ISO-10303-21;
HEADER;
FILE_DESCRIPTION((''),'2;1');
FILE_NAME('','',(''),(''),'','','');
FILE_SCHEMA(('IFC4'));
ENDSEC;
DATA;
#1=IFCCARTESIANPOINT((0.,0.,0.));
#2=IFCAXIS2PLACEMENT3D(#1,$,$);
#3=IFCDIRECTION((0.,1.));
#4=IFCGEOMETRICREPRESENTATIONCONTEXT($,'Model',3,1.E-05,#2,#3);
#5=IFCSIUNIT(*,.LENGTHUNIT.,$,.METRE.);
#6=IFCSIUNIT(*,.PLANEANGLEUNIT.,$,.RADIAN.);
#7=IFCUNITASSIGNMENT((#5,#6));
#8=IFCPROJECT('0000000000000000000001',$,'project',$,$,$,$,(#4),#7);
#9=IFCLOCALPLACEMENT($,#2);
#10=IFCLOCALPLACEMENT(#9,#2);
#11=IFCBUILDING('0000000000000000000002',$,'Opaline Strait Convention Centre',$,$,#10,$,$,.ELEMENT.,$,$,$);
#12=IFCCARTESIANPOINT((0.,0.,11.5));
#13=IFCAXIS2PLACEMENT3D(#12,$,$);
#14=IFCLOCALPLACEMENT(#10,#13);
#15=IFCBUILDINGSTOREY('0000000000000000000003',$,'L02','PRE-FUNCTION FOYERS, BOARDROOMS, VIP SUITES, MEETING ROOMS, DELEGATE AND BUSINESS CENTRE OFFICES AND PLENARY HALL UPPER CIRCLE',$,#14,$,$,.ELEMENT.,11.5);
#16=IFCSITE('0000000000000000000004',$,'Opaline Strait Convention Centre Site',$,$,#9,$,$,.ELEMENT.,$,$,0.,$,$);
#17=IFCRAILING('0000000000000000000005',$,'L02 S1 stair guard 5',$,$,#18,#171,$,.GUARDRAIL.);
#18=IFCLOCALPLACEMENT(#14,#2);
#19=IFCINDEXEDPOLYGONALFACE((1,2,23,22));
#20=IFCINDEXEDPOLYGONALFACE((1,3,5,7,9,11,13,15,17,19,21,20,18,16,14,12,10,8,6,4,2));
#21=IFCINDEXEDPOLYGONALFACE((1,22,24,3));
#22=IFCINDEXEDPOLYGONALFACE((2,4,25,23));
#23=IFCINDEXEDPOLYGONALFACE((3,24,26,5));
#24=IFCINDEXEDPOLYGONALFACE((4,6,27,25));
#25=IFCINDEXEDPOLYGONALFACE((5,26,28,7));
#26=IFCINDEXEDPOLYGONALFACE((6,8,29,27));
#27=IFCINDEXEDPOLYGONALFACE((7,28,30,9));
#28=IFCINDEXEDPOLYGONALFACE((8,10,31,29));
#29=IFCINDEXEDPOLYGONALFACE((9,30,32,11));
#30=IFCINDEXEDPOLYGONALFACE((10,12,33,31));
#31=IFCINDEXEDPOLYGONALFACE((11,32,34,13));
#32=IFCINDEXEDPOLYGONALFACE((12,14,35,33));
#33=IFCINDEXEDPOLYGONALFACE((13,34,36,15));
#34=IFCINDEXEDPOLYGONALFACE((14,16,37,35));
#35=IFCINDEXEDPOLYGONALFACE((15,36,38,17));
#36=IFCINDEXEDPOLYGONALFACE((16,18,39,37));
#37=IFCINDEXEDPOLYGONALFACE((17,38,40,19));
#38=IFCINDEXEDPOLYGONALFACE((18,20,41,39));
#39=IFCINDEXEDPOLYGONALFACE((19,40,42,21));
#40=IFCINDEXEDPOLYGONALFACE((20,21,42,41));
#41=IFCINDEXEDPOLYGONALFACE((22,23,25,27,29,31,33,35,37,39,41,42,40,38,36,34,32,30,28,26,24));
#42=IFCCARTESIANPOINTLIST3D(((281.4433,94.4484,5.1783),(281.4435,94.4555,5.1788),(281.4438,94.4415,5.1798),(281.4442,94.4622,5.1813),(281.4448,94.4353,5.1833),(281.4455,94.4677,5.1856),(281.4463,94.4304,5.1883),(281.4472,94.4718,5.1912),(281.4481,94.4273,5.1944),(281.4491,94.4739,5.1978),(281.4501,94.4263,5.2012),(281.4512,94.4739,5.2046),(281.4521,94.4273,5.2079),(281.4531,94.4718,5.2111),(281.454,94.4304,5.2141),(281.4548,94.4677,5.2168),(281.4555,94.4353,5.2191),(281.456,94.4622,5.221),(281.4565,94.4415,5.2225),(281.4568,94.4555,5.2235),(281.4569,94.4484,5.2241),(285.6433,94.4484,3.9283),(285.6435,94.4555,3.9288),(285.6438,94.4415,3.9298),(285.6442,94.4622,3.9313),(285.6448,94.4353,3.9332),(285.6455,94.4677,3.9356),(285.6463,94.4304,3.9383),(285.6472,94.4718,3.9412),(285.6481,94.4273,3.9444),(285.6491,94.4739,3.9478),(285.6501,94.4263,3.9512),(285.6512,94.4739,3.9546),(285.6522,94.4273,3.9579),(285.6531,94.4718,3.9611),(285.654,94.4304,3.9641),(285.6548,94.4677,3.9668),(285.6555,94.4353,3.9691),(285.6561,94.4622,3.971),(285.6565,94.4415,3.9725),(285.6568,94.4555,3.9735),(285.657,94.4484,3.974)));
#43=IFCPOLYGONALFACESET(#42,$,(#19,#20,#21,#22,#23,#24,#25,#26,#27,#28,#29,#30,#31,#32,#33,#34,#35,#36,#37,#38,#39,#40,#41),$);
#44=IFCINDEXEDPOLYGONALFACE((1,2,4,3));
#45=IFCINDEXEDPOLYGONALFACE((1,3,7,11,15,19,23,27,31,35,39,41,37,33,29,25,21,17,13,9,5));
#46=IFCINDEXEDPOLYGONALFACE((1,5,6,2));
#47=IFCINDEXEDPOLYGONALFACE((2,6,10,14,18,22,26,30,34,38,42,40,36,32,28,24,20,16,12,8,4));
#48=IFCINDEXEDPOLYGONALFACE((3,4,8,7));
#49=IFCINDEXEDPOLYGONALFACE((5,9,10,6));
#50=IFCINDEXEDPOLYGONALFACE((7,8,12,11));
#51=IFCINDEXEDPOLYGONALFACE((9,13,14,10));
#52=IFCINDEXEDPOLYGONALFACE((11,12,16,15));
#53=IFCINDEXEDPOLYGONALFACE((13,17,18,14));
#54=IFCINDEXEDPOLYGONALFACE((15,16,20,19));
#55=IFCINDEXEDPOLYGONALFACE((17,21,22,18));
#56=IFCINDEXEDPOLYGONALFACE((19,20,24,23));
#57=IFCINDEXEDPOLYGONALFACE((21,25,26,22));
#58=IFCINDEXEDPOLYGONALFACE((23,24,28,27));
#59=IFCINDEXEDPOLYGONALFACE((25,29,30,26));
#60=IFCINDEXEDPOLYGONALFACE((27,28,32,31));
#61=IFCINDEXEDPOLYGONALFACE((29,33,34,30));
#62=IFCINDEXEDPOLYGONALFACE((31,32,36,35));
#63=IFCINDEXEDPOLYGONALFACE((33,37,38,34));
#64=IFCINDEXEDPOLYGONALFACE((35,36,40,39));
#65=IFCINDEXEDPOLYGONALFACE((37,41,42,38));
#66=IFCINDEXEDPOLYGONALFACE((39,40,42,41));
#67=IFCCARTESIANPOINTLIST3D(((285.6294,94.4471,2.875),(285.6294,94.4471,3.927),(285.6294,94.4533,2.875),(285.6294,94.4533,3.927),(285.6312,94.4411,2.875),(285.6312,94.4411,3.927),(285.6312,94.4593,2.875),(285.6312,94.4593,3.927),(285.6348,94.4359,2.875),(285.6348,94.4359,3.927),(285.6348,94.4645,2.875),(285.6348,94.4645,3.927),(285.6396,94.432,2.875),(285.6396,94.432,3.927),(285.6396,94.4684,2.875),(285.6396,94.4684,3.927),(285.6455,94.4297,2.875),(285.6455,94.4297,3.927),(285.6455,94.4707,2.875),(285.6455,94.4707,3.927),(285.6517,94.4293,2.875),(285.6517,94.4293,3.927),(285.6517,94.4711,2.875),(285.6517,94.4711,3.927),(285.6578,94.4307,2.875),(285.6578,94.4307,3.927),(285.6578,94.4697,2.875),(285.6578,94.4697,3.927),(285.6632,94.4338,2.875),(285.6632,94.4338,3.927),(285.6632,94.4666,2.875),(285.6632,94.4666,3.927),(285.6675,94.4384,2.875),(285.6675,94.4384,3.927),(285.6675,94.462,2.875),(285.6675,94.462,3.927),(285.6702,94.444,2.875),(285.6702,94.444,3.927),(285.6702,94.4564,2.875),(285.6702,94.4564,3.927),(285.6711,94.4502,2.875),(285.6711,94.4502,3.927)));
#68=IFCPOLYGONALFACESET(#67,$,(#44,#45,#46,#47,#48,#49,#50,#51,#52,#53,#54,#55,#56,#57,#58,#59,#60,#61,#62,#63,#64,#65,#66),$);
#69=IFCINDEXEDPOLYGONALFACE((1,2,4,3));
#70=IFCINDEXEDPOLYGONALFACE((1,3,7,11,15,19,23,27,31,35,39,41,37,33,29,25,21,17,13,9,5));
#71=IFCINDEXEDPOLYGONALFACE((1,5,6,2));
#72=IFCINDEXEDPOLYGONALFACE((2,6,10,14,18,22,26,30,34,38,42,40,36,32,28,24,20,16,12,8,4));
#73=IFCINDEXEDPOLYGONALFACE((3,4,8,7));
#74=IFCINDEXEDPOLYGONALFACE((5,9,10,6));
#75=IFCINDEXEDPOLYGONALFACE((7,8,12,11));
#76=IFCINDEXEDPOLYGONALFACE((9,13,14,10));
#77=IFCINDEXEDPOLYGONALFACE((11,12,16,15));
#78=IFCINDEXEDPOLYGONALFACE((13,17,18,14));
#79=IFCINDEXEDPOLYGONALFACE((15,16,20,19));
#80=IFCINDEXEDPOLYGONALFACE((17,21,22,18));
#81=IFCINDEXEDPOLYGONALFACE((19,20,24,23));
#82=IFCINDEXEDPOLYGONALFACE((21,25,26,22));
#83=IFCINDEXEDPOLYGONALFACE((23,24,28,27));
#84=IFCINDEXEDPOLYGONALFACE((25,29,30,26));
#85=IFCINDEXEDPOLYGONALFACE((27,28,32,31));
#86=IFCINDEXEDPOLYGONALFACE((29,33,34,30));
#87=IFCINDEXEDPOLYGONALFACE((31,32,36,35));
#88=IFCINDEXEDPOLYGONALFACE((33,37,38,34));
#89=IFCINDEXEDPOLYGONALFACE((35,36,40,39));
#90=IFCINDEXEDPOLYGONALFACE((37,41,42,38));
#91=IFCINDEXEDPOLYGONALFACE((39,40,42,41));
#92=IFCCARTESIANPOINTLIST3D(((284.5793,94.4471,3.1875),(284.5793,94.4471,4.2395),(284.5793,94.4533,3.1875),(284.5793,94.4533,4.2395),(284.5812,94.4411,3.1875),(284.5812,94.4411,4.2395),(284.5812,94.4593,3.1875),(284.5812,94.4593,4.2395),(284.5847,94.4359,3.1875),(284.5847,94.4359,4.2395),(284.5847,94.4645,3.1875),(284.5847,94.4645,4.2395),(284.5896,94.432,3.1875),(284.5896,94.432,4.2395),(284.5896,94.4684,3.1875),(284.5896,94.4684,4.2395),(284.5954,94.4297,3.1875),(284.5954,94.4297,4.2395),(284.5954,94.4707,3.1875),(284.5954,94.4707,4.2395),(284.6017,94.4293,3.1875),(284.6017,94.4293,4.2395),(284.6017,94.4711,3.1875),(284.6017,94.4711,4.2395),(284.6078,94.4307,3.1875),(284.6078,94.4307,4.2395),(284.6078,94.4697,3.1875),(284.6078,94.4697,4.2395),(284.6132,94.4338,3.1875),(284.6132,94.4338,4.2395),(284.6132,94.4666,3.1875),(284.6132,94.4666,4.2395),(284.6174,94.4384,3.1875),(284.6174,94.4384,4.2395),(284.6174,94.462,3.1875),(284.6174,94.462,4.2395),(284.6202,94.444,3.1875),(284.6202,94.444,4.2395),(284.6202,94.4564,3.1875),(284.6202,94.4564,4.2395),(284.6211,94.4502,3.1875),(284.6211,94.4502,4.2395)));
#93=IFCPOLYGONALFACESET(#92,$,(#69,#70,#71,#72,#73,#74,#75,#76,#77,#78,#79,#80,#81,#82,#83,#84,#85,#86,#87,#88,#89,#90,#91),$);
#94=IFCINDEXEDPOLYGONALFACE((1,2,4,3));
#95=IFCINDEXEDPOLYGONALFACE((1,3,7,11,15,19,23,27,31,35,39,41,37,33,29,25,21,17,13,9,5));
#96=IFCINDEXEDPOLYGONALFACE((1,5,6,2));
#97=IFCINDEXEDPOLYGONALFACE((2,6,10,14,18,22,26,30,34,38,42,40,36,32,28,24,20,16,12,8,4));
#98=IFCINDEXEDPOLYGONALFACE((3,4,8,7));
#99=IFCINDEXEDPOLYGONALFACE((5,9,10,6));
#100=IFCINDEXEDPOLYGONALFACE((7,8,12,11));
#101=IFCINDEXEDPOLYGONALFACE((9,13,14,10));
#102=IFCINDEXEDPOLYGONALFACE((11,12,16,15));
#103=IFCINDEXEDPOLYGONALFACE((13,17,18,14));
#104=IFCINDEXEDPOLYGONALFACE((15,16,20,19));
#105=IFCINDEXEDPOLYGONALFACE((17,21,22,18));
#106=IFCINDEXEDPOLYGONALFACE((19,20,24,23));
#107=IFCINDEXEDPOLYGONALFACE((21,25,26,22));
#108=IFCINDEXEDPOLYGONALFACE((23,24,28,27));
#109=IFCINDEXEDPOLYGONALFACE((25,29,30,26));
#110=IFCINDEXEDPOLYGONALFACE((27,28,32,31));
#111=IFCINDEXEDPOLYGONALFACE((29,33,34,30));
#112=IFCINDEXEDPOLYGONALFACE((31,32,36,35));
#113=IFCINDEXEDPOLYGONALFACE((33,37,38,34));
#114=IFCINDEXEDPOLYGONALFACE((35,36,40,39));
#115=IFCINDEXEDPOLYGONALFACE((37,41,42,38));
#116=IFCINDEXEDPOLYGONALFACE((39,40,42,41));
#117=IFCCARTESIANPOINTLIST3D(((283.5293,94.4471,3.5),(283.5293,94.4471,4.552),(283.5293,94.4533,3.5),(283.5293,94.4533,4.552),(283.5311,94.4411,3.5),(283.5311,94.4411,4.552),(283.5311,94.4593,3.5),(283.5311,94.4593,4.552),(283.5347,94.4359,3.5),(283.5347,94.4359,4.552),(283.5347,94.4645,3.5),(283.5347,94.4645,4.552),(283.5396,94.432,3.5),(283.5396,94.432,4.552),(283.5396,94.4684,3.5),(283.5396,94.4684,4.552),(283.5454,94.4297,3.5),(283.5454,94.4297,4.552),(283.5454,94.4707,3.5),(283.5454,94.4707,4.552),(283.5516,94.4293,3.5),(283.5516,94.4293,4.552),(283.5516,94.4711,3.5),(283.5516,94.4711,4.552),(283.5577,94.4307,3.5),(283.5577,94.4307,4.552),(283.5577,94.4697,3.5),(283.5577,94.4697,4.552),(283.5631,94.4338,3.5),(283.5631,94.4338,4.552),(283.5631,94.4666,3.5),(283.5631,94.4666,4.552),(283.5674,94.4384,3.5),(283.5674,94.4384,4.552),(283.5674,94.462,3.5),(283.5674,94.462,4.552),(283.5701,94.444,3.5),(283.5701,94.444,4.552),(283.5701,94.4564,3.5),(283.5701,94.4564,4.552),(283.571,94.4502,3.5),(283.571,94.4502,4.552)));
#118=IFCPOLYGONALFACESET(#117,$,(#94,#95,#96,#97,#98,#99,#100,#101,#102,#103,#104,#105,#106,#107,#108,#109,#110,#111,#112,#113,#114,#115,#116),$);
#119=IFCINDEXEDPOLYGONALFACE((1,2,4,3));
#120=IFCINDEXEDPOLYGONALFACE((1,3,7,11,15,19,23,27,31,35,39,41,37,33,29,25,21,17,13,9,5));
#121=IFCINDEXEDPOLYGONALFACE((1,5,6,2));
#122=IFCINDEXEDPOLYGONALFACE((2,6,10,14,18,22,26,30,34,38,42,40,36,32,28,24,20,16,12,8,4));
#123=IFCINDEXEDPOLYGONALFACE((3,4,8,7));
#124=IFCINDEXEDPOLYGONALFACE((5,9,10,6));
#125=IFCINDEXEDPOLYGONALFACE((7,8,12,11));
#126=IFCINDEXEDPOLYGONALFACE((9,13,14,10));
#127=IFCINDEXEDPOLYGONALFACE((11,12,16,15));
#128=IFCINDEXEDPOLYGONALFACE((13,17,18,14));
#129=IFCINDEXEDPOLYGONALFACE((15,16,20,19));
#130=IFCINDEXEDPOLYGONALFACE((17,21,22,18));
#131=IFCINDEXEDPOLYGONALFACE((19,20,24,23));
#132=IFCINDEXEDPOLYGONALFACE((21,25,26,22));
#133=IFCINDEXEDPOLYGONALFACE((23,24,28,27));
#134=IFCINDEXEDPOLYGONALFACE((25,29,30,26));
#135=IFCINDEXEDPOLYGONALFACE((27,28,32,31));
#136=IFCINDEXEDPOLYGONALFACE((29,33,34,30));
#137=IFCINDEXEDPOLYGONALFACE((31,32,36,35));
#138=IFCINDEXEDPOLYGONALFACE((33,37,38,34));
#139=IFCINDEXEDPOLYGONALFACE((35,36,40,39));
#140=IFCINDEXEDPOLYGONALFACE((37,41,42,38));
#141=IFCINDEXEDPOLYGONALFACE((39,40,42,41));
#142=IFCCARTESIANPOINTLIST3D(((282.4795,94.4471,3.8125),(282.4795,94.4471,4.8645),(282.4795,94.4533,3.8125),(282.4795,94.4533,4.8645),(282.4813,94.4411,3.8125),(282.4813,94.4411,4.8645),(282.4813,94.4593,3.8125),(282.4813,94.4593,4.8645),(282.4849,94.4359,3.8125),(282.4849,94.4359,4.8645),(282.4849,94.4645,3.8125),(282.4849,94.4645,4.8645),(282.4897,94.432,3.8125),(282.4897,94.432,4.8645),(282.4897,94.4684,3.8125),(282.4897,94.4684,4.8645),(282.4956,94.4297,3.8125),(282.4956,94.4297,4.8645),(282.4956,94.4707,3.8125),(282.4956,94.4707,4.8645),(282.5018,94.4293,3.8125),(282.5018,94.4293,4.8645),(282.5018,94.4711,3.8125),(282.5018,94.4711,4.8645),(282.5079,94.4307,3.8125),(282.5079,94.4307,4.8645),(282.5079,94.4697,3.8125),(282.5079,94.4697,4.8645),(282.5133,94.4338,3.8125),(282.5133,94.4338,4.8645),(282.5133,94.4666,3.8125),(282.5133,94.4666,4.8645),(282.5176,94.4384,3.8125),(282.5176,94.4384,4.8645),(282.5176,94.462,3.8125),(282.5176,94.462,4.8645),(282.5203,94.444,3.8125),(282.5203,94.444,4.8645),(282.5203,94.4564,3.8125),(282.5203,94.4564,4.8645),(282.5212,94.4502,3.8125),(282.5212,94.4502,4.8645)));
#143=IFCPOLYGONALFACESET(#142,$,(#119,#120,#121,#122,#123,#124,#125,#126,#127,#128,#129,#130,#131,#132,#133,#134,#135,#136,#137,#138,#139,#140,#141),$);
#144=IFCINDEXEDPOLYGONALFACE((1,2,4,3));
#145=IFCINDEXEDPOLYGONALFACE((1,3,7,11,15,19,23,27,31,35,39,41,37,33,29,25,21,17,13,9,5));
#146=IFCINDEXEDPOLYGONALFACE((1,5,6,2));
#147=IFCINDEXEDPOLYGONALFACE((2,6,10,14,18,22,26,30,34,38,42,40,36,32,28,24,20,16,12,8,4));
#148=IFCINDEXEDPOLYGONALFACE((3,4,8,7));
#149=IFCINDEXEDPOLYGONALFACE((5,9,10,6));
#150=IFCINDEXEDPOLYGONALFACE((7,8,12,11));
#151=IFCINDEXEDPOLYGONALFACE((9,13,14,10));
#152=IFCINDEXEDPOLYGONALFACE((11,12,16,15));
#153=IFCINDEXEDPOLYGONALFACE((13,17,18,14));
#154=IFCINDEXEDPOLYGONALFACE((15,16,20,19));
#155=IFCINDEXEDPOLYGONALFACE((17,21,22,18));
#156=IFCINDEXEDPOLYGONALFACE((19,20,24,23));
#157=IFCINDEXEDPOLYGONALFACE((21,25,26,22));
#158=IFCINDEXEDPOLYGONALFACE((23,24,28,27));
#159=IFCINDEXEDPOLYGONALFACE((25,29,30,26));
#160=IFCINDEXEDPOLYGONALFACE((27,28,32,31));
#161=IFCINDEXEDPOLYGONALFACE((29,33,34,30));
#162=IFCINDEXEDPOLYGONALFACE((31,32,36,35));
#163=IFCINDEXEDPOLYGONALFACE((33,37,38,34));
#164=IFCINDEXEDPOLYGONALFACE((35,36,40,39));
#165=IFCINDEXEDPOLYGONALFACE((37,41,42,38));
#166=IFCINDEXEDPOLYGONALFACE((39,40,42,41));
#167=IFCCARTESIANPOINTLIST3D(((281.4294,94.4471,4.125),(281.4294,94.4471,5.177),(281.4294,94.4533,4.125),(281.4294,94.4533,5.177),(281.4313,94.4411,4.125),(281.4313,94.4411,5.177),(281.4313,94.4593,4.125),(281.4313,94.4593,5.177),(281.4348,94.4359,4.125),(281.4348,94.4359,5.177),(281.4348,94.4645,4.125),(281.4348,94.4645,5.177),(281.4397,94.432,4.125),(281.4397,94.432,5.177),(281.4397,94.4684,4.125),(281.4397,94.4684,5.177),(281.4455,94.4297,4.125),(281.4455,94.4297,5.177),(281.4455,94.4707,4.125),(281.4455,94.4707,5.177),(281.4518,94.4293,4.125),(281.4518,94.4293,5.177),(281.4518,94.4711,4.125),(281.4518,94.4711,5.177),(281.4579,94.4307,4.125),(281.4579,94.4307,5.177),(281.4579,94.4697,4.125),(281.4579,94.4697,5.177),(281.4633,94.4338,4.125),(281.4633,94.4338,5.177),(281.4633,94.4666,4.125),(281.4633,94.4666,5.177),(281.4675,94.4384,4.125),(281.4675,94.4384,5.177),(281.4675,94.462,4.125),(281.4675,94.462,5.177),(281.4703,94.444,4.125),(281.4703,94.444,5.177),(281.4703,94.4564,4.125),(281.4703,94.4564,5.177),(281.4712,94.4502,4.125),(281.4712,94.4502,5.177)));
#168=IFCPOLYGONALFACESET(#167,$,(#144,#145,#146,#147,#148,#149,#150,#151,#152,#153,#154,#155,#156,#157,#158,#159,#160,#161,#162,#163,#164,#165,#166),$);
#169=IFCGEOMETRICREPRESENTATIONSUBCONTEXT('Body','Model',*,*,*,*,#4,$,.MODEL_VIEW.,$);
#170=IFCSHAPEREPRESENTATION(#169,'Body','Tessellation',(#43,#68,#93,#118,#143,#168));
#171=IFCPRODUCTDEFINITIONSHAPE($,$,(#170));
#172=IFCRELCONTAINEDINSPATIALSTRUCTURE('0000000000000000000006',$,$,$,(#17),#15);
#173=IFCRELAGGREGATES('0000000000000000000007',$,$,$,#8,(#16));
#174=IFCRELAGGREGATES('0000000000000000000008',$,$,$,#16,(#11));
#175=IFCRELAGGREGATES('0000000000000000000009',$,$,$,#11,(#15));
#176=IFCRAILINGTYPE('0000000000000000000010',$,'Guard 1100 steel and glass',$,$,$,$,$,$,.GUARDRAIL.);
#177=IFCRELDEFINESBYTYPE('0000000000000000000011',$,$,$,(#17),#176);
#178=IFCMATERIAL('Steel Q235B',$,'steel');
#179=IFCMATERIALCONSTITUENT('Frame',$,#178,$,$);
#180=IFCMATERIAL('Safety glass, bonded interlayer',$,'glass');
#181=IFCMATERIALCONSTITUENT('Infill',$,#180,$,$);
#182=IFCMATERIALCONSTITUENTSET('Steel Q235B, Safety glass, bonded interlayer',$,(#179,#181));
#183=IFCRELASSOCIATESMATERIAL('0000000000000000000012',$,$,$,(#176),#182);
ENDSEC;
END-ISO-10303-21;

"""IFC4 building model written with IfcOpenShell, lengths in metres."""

from ifc_helpers import new_model, si_unit, direction, frame, origin, origin_2d, place, context, subcontext, project, spatial, circle, extrude, material, constituent, constituent_set, type_object, element, save


model = new_model("IFC4")

# Units and contexts
model_context = context("Model", 3, precision=1e-05, world=origin(), true_north=direction((0.0, 1.0)))
body_context = subcontext(model_context, "Body", "Model", "MODEL_VIEW")
ifc_project = project(units=[si_unit("LENGTHUNIT", "METRE"), si_unit("PLANEANGLEUNIT", "RADIAN")], contexts=[model_context])

# Site, building, storey
site_placement = place(None, origin())
site = spatial("IfcSite", under=ifc_project, at=site_placement, Name="Opaline Strait Convention Centre Site", CompositionType="ELEMENT", RefElevation=0.0)
building_placement = place(site_placement, origin())
building = spatial("IfcBuilding", under=site, at=building_placement, Name="Opaline Strait Convention Centre", CompositionType="ELEMENT")
storey_placement = place(building_placement, frame((0.0, 0.0, 11.5)))
storey = spatial("IfcBuildingStorey", under=building, at=storey_placement, Name="L02", Description="PRE-FUNCTION FOYERS, BOARDROOMS, VIP SUITES, MEETING ROOMS, DELEGATE AND BUSINESS CENTRE OFFICES AND PLENARY HALL UPPER CIRCLE", CompositionType="ELEMENT", Elevation=11.5)

# Railing
ifc_material_1 = material(Name="Steel Q235B", Category="steel")
ifc_constituent_1 = constituent(ifc_material_1, Name="Frame")
ifc_material_2 = material(Name="Safety glass, bonded interlayer", Category="glass")
ifc_constituent_2 = constituent(ifc_material_2, Name="Infill")
ifc_constituent_set = constituent_set(constituents=[ifc_constituent_1, ifc_constituent_2], Name="Steel Q235B, Safety glass, bonded interlayer")
railing_type = type_object("IfcRailingType", Name="Guard 1100 steel and glass", PredefinedType="GUARDRAIL", material=ifc_constituent_set)
railing_1_placement = place(storey_placement, frame((285.6501, 94.4502, 2.875)))
element("IfcRailing", 1, at=railing_1_placement, inside=storey, type_object=railing_type, Name="L02 S1 stair guard 5", PredefinedType="GUARDRAIL", context=body_context, shape_type="SweptSolid", body=[
    extrude(circle(Radius=0.0239, at=origin_2d()), frame((0.0, 0.0, 1.0762), z_axis=(-0.958451, 0.0, 0.285257), x_axis=(0.0, -1.0, 0.0)), (0.0, 0.0, 1.0), 4.3821),
    extrude(circle(Radius=0.021, at=origin_2d()), origin(), (0.0, 0.0, 1.0), 1.052),
    extrude(circle(Radius=0.021, at=origin_2d()), frame((-1.05, 0.0, 0.3125)), (0.0, 0.0, 1.0), 1.052),
    extrude(circle(Radius=0.021, at=origin_2d()), frame((-2.1001, 0.0, 0.625)), (0.0, 0.0, 1.0), 1.052),
    extrude(circle(Radius=0.021, at=origin_2d()), frame((-3.1499, 0.0, 0.9375)), (0.0, 0.0, 1.0), 1.052),
    extrude(circle(Radius=0.021, at=origin_2d()), frame((-4.2, 0.0, 1.25)), (0.0, 0.0, 1.0), 1.052),
])

save(model, "model.ifc")
